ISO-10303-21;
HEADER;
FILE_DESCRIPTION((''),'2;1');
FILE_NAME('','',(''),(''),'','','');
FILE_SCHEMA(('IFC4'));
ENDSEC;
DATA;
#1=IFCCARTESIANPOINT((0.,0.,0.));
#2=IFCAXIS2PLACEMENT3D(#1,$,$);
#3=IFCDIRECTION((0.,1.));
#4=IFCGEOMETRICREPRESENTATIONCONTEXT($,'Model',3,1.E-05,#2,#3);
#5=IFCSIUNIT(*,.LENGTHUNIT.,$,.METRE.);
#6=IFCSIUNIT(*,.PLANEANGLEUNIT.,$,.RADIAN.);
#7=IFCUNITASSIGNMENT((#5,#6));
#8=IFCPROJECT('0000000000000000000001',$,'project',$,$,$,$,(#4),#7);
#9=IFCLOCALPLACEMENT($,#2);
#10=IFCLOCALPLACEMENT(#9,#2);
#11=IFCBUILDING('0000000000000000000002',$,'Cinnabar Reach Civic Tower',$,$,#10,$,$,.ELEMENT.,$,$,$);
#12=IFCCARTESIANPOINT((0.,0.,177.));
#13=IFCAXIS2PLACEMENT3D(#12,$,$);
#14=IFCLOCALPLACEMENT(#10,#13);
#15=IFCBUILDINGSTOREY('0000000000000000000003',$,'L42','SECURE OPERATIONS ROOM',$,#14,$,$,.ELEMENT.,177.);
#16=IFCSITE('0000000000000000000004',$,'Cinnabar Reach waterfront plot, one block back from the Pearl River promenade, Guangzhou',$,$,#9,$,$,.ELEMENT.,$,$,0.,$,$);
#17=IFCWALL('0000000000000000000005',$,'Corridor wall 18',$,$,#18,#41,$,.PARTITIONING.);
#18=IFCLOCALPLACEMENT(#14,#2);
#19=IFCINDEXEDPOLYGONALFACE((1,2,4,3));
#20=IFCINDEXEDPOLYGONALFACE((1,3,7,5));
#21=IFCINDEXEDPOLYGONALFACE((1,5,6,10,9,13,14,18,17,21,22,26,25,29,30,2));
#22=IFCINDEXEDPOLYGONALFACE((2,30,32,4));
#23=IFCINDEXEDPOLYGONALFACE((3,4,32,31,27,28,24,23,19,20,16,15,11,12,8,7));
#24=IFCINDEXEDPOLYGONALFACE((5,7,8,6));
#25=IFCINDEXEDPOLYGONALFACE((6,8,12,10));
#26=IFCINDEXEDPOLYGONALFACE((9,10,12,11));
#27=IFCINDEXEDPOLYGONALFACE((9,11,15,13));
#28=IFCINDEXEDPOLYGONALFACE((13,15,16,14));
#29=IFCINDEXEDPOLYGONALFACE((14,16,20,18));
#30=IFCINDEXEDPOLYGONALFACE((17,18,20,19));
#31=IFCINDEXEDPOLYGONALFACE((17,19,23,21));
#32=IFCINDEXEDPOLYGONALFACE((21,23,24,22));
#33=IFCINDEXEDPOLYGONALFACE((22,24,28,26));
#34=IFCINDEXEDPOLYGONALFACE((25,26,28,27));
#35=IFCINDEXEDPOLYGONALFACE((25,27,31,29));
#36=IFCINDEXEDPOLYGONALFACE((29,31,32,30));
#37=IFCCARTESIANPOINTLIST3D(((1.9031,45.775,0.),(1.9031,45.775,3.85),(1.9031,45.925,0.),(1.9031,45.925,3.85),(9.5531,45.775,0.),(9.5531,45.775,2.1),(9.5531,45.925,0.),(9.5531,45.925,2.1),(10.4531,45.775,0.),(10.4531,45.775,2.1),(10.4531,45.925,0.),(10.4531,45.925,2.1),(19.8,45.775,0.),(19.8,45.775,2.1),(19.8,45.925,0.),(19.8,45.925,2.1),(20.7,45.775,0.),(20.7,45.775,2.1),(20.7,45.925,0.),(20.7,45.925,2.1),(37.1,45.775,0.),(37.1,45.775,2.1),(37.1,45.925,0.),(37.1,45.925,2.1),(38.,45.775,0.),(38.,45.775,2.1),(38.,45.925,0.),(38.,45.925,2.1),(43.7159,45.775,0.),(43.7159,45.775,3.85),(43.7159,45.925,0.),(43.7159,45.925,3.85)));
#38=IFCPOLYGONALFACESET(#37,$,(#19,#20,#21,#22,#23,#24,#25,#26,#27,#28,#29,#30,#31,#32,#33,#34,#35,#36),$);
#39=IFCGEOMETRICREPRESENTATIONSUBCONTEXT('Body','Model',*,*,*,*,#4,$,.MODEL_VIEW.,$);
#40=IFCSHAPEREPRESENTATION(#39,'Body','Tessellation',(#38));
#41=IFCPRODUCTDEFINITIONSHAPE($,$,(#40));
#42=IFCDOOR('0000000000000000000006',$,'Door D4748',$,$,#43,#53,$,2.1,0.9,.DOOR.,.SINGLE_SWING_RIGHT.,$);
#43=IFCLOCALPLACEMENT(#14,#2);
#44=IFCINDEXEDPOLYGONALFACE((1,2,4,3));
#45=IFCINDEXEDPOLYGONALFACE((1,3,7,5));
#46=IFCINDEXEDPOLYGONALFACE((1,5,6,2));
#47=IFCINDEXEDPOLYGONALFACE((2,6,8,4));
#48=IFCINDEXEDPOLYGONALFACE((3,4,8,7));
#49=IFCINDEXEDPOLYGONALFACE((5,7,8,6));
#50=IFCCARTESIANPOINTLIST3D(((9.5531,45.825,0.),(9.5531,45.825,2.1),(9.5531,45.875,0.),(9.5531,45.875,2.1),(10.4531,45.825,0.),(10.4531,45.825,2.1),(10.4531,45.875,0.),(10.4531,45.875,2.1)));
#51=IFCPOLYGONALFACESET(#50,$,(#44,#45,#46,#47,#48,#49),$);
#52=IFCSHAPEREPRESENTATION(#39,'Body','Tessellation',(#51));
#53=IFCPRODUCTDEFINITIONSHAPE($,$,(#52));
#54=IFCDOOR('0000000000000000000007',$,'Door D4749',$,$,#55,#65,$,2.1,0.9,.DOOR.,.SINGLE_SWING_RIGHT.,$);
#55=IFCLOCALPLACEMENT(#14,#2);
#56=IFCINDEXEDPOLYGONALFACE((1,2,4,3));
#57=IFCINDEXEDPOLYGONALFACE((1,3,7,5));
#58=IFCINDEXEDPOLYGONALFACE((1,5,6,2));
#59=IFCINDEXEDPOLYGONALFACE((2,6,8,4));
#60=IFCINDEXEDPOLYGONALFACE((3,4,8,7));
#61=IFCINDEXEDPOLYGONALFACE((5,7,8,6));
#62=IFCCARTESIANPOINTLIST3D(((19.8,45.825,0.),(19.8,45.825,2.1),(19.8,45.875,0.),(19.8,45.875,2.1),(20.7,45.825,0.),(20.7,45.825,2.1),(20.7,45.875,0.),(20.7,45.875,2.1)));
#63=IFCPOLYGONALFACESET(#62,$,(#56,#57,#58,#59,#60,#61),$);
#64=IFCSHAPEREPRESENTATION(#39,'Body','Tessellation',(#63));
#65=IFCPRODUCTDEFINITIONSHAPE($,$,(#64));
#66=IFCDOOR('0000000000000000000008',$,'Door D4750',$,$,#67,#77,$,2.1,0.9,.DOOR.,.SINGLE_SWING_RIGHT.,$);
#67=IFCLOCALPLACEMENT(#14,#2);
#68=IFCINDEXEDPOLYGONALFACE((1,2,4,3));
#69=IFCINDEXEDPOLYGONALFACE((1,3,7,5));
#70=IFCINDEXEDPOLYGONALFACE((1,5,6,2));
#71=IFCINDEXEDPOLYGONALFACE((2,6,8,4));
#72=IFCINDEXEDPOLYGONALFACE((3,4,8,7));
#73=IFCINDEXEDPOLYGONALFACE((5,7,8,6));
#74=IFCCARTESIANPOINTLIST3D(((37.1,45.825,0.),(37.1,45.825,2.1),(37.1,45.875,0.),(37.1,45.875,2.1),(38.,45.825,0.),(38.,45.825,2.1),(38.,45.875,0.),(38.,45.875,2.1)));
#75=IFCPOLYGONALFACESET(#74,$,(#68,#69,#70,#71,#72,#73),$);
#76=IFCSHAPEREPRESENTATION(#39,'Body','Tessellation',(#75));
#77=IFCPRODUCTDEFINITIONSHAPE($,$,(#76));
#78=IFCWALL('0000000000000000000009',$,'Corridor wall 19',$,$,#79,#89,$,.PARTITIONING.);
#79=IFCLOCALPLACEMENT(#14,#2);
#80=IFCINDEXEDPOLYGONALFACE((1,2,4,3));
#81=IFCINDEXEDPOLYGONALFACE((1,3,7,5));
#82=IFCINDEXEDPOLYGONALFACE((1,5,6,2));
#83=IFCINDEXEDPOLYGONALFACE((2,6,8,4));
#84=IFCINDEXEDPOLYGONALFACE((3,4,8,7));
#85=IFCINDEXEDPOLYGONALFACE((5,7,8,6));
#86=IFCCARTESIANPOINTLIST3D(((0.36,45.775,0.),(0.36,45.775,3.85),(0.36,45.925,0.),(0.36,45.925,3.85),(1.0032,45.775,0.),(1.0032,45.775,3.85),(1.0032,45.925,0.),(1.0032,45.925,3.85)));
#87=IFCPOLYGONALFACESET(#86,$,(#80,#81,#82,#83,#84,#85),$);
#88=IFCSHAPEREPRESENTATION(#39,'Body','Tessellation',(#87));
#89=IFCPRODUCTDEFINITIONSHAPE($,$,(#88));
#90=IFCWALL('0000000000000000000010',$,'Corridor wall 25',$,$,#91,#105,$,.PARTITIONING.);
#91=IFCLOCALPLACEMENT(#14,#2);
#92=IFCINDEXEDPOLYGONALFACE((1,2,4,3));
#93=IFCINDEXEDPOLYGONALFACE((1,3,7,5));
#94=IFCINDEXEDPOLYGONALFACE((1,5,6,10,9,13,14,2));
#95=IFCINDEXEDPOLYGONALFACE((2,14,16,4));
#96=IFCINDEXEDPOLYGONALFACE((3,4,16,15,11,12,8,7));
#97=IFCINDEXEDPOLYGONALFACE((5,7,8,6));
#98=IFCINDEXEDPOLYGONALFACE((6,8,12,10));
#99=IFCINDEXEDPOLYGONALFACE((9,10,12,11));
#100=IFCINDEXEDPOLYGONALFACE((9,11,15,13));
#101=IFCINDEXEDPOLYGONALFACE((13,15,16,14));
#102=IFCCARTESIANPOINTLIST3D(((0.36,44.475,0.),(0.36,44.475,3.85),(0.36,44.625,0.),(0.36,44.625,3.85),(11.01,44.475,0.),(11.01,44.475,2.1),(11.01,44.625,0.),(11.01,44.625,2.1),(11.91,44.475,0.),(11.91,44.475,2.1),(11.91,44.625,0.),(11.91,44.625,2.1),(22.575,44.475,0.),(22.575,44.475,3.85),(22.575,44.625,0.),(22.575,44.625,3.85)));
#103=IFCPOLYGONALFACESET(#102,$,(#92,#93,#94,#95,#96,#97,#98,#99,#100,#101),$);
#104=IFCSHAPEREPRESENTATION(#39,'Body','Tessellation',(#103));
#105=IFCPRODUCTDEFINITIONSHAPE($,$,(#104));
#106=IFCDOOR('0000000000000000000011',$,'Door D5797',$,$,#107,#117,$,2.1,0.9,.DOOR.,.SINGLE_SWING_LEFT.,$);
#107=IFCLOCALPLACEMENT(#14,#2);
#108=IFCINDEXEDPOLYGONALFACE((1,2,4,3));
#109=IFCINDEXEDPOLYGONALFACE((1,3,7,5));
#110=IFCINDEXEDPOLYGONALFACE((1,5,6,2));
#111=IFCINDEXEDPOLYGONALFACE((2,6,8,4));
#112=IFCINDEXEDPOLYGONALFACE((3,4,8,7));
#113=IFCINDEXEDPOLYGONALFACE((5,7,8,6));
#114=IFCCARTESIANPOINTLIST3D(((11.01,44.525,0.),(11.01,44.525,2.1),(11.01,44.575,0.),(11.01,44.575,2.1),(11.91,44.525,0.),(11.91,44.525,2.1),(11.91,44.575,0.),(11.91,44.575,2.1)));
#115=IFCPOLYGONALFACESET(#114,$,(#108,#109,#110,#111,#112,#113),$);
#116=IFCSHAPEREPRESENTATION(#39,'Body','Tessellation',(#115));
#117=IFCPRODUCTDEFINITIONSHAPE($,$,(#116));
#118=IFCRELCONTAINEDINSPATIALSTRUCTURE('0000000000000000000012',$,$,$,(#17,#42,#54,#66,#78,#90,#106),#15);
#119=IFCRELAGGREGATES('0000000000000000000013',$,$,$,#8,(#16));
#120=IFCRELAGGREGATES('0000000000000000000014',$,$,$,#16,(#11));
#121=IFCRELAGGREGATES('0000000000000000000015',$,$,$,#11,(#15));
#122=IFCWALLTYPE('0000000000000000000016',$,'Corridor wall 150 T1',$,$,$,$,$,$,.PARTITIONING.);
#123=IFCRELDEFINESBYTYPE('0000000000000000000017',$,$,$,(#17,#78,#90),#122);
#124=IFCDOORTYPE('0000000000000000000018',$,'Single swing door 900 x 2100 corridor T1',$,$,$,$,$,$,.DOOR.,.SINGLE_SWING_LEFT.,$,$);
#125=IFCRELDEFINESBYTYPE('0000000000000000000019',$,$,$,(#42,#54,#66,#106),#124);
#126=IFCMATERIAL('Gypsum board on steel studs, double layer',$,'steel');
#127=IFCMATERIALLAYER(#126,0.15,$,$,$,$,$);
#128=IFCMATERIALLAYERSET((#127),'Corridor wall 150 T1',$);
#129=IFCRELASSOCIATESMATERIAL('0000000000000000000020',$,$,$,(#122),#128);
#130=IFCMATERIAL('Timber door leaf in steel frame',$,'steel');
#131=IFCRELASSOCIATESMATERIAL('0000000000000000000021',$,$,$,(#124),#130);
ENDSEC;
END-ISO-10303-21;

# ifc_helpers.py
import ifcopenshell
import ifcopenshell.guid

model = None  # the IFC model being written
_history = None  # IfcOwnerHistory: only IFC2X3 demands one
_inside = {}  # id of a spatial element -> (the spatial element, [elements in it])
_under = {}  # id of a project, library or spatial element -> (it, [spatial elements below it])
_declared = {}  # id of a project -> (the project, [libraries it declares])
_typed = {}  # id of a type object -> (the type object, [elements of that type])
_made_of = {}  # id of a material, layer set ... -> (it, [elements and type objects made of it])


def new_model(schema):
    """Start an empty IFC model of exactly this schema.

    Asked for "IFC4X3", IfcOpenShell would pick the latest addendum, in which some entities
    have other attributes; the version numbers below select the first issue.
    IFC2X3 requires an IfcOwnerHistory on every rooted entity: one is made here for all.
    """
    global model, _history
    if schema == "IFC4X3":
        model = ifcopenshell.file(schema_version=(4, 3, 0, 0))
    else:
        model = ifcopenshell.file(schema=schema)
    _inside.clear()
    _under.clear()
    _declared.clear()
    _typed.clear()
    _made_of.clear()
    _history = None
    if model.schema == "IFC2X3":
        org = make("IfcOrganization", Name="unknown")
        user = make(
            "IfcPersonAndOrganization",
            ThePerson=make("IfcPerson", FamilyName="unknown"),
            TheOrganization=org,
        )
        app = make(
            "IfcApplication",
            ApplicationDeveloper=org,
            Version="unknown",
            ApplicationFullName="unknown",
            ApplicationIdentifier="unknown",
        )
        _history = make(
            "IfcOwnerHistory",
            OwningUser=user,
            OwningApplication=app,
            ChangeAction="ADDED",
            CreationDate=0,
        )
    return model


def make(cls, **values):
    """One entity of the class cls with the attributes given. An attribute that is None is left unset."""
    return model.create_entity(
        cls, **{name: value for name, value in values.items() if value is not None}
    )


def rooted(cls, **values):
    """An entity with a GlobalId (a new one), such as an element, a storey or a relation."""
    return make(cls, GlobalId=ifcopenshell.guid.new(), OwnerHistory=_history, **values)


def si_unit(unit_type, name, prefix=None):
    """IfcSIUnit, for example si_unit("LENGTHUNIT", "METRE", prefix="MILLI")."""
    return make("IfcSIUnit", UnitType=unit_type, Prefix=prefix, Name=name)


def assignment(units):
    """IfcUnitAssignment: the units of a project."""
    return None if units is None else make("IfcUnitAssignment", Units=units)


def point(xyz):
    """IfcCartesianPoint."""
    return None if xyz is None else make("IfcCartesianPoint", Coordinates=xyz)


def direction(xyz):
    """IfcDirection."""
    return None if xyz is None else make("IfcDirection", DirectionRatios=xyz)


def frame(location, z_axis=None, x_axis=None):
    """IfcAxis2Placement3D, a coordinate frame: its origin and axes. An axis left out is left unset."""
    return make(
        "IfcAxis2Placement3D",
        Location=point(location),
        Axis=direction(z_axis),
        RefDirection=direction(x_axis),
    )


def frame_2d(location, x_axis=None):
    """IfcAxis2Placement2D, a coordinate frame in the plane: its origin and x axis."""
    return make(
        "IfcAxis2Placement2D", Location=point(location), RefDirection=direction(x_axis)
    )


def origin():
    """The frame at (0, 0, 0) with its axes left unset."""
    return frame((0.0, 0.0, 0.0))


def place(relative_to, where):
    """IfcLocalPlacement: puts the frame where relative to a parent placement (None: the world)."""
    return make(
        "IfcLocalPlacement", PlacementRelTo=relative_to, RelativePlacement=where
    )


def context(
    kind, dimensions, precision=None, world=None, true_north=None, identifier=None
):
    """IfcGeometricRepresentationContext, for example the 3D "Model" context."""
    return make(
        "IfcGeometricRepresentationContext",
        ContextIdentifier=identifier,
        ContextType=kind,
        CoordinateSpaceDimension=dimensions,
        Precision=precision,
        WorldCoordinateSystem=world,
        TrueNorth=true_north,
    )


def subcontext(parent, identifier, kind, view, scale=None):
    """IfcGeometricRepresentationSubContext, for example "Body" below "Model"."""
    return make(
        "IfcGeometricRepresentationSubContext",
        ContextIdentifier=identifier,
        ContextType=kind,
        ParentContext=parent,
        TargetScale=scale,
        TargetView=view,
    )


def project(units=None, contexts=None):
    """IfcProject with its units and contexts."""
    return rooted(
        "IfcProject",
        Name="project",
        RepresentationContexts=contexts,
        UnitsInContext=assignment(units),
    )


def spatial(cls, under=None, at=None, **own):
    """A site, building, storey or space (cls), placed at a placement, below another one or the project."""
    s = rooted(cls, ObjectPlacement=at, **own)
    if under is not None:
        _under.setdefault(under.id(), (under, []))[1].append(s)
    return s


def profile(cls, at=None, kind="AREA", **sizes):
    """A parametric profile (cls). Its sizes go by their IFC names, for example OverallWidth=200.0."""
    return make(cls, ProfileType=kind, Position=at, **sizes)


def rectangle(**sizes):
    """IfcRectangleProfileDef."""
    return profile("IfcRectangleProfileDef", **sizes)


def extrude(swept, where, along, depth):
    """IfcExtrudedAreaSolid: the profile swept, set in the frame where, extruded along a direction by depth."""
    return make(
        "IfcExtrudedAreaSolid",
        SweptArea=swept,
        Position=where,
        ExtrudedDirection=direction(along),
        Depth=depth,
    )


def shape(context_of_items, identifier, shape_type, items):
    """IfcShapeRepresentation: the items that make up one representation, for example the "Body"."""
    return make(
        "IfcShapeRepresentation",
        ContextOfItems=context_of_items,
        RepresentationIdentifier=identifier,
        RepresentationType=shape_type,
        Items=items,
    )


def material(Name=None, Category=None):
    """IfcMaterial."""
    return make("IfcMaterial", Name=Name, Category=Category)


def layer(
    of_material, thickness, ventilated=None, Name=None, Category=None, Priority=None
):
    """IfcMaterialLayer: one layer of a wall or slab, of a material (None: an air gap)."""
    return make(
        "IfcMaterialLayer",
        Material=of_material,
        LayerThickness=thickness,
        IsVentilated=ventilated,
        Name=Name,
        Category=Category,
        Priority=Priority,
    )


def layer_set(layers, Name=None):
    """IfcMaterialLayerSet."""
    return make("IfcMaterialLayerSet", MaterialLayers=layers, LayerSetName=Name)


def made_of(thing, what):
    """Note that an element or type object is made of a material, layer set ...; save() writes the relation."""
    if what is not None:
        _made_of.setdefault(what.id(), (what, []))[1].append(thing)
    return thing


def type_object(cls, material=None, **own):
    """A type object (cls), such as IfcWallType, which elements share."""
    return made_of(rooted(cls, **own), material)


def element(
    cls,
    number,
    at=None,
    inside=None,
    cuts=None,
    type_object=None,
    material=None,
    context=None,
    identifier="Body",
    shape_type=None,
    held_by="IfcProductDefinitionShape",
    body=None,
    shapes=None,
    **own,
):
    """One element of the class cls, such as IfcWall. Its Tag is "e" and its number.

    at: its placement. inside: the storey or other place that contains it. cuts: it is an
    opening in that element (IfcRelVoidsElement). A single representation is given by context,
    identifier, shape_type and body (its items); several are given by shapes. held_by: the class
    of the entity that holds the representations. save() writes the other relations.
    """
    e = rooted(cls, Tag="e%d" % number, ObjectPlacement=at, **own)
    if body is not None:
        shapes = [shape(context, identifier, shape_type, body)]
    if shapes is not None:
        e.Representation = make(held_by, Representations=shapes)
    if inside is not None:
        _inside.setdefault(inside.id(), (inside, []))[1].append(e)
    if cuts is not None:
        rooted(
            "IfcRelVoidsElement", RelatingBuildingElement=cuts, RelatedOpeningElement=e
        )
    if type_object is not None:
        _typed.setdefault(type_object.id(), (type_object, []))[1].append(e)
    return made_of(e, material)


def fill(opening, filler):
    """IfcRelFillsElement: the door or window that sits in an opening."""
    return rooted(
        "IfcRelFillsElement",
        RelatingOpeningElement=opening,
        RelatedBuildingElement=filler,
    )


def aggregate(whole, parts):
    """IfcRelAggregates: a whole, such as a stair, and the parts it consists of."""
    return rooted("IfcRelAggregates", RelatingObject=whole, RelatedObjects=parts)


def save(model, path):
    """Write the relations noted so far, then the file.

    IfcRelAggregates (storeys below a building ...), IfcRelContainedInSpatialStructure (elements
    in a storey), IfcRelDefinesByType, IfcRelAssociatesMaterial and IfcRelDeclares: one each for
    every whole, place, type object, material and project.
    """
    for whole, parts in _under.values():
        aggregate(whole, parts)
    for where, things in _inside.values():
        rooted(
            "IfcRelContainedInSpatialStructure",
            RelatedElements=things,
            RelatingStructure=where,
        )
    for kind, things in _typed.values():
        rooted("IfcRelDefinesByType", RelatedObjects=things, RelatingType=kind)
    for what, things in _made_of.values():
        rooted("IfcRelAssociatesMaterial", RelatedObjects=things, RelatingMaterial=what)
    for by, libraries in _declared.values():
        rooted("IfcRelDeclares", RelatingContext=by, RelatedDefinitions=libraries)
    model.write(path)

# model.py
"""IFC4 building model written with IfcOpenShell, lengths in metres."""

from ifc_helpers import new_model, si_unit, direction, frame, frame_2d, origin, place, context, subcontext, project, spatial, rectangle, extrude, material, layer, layer_set, type_object, element, fill, save


model = new_model("IFC4")

# Units and contexts
model_context = context("Model", 3, precision=1e-05, world=origin(), true_north=direction((0.0, 1.0)))
body_context = subcontext(model_context, "Body", "Model", "MODEL_VIEW")
ifc_project = project(units=[si_unit("LENGTHUNIT", "METRE"), si_unit("PLANEANGLEUNIT", "RADIAN")], contexts=[model_context])

# Site, building, storey
site_placement = place(None, origin())
site = spatial("IfcSite", under=ifc_project, at=site_placement, Name="Cinnabar Reach waterfront plot, one block back from the Pearl River promenade, Guangzhou", CompositionType="ELEMENT", RefElevation=0.0)
building_placement = place(site_placement, origin())
building = spatial("IfcBuilding", under=site, at=building_placement, Name="Cinnabar Reach Civic Tower", CompositionType="ELEMENT")
storey_placement = place(building_placement, frame((0.0, 0.0, 177.0)))
storey = spatial("IfcBuildingStorey", under=building, at=storey_placement, Name="L42", Description="SECURE OPERATIONS ROOM", CompositionType="ELEMENT", Elevation=177.0)

# Wall, openings, doors
ifc_material_1 = material(Name="Gypsum board on steel studs, double layer", Category="steel")
ifc_layer_1 = layer(ifc_material_1, 0.15)
ifc_layer_set_1 = layer_set([ifc_layer_1], Name="Corridor wall 150 T1")
wall_type_1 = type_object("IfcWallType", Name="Corridor wall 150 T1", PredefinedType="PARTITIONING", material=ifc_layer_set_1)
wall_1_placement = place(storey_placement, frame((1.9031, 45.85, 0.0), z_axis=(0.0, 0.0, 1.0), x_axis=(1.0, 0.0, 0.0)))
wall_1 = element("IfcWall", 1, at=wall_1_placement, inside=storey, type_object=wall_type_1, Name="Corridor wall 18", PredefinedType="PARTITIONING", context=body_context, shape_type="SweptSolid", body=[
    extrude(rectangle(XDim=41.8128, YDim=0.15, at=frame_2d((20.9064, 0.0))), origin(), (0.0, 0.0, 1.0), 3.85),
])
opening_1_placement = place(wall_1_placement, frame((7.65, 0.0, 0.0)))
opening_1 = element("IfcOpeningElement", 2, at=opening_1_placement, cuts=wall_1, PredefinedType="OPENING", context=body_context, shape_type="SweptSolid", body=[
    extrude(rectangle(XDim=0.9, YDim=2.1, at=frame_2d((0.45, 1.05))), frame((0.0, 0.085, 0.0), z_axis=(0.0, -1.0, 0.0), x_axis=(1.0, 0.0, 0.0)), (0.0, 0.0, 1.0), 0.17),
])
opening_2_placement = place(wall_1_placement, frame((17.8969, 0.0, 0.0)))
opening_2 = element("IfcOpeningElement", 3, at=opening_2_placement, cuts=wall_1, PredefinedType="OPENING", context=body_context, shape_type="SweptSolid", body=[
    extrude(rectangle(XDim=0.9, YDim=2.1, at=frame_2d((0.45, 1.05))), frame((0.0, 0.085, 0.0), z_axis=(0.0, -1.0, 0.0), x_axis=(1.0, 0.0, 0.0)), (0.0, 0.0, 1.0), 0.17),
])
opening_3_placement = place(wall_1_placement, frame((35.1969, 0.0, 0.0)))
opening_3 = element("IfcOpeningElement", 4, at=opening_3_placement, cuts=wall_1, PredefinedType="OPENING", context=body_context, shape_type="SweptSolid", body=[
    extrude(rectangle(XDim=0.9, YDim=2.1, at=frame_2d((0.45, 1.05))), frame((0.0, 0.085, 0.0), z_axis=(0.0, -1.0, 0.0), x_axis=(1.0, 0.0, 0.0)), (0.0, 0.0, 1.0), 0.17),
])
ifc_material_2 = material(Name="Timber door leaf in steel frame", Category="steel")
door_type = type_object("IfcDoorType", Name="Single swing door 900 x 2100 corridor T1", OperationType="SINGLE_SWING_LEFT", PredefinedType="DOOR", material=ifc_material_2)
door_1_placement = place(opening_1_placement, origin())
door_1 = element("IfcDoor", 5, at=door_1_placement, inside=storey, type_object=door_type, Name="Door D4748", OperationType="SINGLE_SWING_RIGHT", OverallHeight=2.1, OverallWidth=0.9, PredefinedType="DOOR", context=body_context, shape_type="SweptSolid", body=[
    extrude(rectangle(XDim=0.9, YDim=2.1, at=frame_2d((0.45, 1.05))), frame((0.0, 0.025, 0.0), z_axis=(0.0, -1.0, 0.0), x_axis=(1.0, 0.0, 0.0)), (0.0, 0.0, 1.0), 0.05),
])
fill(opening_1, door_1)
door_2_placement = place(opening_2_placement, origin())
door_2 = element("IfcDoor", 6, at=door_2_placement, inside=storey, type_object=door_type, Name="Door D4749", OperationType="SINGLE_SWING_RIGHT", OverallHeight=2.1, OverallWidth=0.9, PredefinedType="DOOR", context=body_context, shape_type="SweptSolid", body=[
    extrude(rectangle(XDim=0.9, YDim=2.1, at=frame_2d((0.45, 1.05))), frame((0.0, 0.025, 0.0), z_axis=(0.0, -1.0, 0.0), x_axis=(1.0, 0.0, 0.0)), (0.0, 0.0, 1.0), 0.05),
])
fill(opening_2, door_2)
door_3_placement = place(opening_3_placement, origin())
door_3 = element("IfcDoor", 7, at=door_3_placement, inside=storey, type_object=door_type, Name="Door D4750", OperationType="SINGLE_SWING_RIGHT", OverallHeight=2.1, OverallWidth=0.9, PredefinedType="DOOR", context=body_context, shape_type="SweptSolid", body=[
    extrude(rectangle(XDim=0.9, YDim=2.1, at=frame_2d((0.45, 1.05))), frame((0.0, 0.025, 0.0), z_axis=(0.0, -1.0, 0.0), x_axis=(1.0, 0.0, 0.0)), (0.0, 0.0, 1.0), 0.05),
])
fill(opening_3, door_3)

# Wall
wall_2_placement = place(storey_placement, frame((0.36, 45.85, 0.0), z_axis=(0.0, 0.0, 1.0), x_axis=(1.0, 0.0, 0.0)))
element("IfcWall", 8, at=wall_2_placement, inside=storey, type_object=wall_type_1, Name="Corridor wall 19", PredefinedType="PARTITIONING", context=body_context, shape_type="SweptSolid", body=[
    extrude(rectangle(XDim=0.6431, YDim=0.15, at=frame_2d((0.3216, 0.0))), origin(), (0.0, 0.0, 1.0), 3.85),
])

# Wall, opening, door
wall_3_placement = place(storey_placement, frame((0.36, 44.55, 0.0), z_axis=(0.0, 0.0, 1.0), x_axis=(1.0, 0.0, 0.0)))
wall_3 = element("IfcWall", 9, at=wall_3_placement, inside=storey, type_object=wall_type_1, Name="Corridor wall 25", PredefinedType="PARTITIONING", context=body_context, shape_type="SweptSolid", body=[
    extrude(rectangle(XDim=22.215, YDim=0.15, at=frame_2d((11.1075, 0.0))), origin(), (0.0, 0.0, 1.0), 3.85),
])
opening_4_placement = place(wall_3_placement, frame((10.65, 0.0, 0.0)))
opening_4 = element("IfcOpeningElement", 10, at=opening_4_placement, cuts=wall_3, PredefinedType="OPENING", context=body_context, shape_type="SweptSolid", body=[
    extrude(rectangle(XDim=0.9, YDim=2.1, at=frame_2d((0.45, 1.05))), frame((0.0, 0.085, 0.0), z_axis=(0.0, -1.0, 0.0), x_axis=(1.0, 0.0, 0.0)), (0.0, 0.0, 1.0), 0.17),
])
door_4_placement = place(opening_4_placement, frame((0.9, 0.0, 0.0), z_axis=(0.0, 0.0, 1.0), x_axis=(-1.0, 0.0, 0.0)))
door_4 = element("IfcDoor", 11, at=door_4_placement, inside=storey, type_object=door_type, Name="Door D5797", OperationType="SINGLE_SWING_LEFT", OverallHeight=2.1, OverallWidth=0.9, PredefinedType="DOOR", context=body_context, shape_type="SweptSolid", body=[
    extrude(rectangle(XDim=0.9, YDim=2.1, at=frame_2d((0.45, 1.05))), frame((0.0, 0.025, 0.0), z_axis=(0.0, -1.0, 0.0), x_axis=(1.0, 0.0, 0.0)), (0.0, 0.0, 1.0), 0.05),
])
fill(opening_4, door_4)

save(model, "model.ifc")
